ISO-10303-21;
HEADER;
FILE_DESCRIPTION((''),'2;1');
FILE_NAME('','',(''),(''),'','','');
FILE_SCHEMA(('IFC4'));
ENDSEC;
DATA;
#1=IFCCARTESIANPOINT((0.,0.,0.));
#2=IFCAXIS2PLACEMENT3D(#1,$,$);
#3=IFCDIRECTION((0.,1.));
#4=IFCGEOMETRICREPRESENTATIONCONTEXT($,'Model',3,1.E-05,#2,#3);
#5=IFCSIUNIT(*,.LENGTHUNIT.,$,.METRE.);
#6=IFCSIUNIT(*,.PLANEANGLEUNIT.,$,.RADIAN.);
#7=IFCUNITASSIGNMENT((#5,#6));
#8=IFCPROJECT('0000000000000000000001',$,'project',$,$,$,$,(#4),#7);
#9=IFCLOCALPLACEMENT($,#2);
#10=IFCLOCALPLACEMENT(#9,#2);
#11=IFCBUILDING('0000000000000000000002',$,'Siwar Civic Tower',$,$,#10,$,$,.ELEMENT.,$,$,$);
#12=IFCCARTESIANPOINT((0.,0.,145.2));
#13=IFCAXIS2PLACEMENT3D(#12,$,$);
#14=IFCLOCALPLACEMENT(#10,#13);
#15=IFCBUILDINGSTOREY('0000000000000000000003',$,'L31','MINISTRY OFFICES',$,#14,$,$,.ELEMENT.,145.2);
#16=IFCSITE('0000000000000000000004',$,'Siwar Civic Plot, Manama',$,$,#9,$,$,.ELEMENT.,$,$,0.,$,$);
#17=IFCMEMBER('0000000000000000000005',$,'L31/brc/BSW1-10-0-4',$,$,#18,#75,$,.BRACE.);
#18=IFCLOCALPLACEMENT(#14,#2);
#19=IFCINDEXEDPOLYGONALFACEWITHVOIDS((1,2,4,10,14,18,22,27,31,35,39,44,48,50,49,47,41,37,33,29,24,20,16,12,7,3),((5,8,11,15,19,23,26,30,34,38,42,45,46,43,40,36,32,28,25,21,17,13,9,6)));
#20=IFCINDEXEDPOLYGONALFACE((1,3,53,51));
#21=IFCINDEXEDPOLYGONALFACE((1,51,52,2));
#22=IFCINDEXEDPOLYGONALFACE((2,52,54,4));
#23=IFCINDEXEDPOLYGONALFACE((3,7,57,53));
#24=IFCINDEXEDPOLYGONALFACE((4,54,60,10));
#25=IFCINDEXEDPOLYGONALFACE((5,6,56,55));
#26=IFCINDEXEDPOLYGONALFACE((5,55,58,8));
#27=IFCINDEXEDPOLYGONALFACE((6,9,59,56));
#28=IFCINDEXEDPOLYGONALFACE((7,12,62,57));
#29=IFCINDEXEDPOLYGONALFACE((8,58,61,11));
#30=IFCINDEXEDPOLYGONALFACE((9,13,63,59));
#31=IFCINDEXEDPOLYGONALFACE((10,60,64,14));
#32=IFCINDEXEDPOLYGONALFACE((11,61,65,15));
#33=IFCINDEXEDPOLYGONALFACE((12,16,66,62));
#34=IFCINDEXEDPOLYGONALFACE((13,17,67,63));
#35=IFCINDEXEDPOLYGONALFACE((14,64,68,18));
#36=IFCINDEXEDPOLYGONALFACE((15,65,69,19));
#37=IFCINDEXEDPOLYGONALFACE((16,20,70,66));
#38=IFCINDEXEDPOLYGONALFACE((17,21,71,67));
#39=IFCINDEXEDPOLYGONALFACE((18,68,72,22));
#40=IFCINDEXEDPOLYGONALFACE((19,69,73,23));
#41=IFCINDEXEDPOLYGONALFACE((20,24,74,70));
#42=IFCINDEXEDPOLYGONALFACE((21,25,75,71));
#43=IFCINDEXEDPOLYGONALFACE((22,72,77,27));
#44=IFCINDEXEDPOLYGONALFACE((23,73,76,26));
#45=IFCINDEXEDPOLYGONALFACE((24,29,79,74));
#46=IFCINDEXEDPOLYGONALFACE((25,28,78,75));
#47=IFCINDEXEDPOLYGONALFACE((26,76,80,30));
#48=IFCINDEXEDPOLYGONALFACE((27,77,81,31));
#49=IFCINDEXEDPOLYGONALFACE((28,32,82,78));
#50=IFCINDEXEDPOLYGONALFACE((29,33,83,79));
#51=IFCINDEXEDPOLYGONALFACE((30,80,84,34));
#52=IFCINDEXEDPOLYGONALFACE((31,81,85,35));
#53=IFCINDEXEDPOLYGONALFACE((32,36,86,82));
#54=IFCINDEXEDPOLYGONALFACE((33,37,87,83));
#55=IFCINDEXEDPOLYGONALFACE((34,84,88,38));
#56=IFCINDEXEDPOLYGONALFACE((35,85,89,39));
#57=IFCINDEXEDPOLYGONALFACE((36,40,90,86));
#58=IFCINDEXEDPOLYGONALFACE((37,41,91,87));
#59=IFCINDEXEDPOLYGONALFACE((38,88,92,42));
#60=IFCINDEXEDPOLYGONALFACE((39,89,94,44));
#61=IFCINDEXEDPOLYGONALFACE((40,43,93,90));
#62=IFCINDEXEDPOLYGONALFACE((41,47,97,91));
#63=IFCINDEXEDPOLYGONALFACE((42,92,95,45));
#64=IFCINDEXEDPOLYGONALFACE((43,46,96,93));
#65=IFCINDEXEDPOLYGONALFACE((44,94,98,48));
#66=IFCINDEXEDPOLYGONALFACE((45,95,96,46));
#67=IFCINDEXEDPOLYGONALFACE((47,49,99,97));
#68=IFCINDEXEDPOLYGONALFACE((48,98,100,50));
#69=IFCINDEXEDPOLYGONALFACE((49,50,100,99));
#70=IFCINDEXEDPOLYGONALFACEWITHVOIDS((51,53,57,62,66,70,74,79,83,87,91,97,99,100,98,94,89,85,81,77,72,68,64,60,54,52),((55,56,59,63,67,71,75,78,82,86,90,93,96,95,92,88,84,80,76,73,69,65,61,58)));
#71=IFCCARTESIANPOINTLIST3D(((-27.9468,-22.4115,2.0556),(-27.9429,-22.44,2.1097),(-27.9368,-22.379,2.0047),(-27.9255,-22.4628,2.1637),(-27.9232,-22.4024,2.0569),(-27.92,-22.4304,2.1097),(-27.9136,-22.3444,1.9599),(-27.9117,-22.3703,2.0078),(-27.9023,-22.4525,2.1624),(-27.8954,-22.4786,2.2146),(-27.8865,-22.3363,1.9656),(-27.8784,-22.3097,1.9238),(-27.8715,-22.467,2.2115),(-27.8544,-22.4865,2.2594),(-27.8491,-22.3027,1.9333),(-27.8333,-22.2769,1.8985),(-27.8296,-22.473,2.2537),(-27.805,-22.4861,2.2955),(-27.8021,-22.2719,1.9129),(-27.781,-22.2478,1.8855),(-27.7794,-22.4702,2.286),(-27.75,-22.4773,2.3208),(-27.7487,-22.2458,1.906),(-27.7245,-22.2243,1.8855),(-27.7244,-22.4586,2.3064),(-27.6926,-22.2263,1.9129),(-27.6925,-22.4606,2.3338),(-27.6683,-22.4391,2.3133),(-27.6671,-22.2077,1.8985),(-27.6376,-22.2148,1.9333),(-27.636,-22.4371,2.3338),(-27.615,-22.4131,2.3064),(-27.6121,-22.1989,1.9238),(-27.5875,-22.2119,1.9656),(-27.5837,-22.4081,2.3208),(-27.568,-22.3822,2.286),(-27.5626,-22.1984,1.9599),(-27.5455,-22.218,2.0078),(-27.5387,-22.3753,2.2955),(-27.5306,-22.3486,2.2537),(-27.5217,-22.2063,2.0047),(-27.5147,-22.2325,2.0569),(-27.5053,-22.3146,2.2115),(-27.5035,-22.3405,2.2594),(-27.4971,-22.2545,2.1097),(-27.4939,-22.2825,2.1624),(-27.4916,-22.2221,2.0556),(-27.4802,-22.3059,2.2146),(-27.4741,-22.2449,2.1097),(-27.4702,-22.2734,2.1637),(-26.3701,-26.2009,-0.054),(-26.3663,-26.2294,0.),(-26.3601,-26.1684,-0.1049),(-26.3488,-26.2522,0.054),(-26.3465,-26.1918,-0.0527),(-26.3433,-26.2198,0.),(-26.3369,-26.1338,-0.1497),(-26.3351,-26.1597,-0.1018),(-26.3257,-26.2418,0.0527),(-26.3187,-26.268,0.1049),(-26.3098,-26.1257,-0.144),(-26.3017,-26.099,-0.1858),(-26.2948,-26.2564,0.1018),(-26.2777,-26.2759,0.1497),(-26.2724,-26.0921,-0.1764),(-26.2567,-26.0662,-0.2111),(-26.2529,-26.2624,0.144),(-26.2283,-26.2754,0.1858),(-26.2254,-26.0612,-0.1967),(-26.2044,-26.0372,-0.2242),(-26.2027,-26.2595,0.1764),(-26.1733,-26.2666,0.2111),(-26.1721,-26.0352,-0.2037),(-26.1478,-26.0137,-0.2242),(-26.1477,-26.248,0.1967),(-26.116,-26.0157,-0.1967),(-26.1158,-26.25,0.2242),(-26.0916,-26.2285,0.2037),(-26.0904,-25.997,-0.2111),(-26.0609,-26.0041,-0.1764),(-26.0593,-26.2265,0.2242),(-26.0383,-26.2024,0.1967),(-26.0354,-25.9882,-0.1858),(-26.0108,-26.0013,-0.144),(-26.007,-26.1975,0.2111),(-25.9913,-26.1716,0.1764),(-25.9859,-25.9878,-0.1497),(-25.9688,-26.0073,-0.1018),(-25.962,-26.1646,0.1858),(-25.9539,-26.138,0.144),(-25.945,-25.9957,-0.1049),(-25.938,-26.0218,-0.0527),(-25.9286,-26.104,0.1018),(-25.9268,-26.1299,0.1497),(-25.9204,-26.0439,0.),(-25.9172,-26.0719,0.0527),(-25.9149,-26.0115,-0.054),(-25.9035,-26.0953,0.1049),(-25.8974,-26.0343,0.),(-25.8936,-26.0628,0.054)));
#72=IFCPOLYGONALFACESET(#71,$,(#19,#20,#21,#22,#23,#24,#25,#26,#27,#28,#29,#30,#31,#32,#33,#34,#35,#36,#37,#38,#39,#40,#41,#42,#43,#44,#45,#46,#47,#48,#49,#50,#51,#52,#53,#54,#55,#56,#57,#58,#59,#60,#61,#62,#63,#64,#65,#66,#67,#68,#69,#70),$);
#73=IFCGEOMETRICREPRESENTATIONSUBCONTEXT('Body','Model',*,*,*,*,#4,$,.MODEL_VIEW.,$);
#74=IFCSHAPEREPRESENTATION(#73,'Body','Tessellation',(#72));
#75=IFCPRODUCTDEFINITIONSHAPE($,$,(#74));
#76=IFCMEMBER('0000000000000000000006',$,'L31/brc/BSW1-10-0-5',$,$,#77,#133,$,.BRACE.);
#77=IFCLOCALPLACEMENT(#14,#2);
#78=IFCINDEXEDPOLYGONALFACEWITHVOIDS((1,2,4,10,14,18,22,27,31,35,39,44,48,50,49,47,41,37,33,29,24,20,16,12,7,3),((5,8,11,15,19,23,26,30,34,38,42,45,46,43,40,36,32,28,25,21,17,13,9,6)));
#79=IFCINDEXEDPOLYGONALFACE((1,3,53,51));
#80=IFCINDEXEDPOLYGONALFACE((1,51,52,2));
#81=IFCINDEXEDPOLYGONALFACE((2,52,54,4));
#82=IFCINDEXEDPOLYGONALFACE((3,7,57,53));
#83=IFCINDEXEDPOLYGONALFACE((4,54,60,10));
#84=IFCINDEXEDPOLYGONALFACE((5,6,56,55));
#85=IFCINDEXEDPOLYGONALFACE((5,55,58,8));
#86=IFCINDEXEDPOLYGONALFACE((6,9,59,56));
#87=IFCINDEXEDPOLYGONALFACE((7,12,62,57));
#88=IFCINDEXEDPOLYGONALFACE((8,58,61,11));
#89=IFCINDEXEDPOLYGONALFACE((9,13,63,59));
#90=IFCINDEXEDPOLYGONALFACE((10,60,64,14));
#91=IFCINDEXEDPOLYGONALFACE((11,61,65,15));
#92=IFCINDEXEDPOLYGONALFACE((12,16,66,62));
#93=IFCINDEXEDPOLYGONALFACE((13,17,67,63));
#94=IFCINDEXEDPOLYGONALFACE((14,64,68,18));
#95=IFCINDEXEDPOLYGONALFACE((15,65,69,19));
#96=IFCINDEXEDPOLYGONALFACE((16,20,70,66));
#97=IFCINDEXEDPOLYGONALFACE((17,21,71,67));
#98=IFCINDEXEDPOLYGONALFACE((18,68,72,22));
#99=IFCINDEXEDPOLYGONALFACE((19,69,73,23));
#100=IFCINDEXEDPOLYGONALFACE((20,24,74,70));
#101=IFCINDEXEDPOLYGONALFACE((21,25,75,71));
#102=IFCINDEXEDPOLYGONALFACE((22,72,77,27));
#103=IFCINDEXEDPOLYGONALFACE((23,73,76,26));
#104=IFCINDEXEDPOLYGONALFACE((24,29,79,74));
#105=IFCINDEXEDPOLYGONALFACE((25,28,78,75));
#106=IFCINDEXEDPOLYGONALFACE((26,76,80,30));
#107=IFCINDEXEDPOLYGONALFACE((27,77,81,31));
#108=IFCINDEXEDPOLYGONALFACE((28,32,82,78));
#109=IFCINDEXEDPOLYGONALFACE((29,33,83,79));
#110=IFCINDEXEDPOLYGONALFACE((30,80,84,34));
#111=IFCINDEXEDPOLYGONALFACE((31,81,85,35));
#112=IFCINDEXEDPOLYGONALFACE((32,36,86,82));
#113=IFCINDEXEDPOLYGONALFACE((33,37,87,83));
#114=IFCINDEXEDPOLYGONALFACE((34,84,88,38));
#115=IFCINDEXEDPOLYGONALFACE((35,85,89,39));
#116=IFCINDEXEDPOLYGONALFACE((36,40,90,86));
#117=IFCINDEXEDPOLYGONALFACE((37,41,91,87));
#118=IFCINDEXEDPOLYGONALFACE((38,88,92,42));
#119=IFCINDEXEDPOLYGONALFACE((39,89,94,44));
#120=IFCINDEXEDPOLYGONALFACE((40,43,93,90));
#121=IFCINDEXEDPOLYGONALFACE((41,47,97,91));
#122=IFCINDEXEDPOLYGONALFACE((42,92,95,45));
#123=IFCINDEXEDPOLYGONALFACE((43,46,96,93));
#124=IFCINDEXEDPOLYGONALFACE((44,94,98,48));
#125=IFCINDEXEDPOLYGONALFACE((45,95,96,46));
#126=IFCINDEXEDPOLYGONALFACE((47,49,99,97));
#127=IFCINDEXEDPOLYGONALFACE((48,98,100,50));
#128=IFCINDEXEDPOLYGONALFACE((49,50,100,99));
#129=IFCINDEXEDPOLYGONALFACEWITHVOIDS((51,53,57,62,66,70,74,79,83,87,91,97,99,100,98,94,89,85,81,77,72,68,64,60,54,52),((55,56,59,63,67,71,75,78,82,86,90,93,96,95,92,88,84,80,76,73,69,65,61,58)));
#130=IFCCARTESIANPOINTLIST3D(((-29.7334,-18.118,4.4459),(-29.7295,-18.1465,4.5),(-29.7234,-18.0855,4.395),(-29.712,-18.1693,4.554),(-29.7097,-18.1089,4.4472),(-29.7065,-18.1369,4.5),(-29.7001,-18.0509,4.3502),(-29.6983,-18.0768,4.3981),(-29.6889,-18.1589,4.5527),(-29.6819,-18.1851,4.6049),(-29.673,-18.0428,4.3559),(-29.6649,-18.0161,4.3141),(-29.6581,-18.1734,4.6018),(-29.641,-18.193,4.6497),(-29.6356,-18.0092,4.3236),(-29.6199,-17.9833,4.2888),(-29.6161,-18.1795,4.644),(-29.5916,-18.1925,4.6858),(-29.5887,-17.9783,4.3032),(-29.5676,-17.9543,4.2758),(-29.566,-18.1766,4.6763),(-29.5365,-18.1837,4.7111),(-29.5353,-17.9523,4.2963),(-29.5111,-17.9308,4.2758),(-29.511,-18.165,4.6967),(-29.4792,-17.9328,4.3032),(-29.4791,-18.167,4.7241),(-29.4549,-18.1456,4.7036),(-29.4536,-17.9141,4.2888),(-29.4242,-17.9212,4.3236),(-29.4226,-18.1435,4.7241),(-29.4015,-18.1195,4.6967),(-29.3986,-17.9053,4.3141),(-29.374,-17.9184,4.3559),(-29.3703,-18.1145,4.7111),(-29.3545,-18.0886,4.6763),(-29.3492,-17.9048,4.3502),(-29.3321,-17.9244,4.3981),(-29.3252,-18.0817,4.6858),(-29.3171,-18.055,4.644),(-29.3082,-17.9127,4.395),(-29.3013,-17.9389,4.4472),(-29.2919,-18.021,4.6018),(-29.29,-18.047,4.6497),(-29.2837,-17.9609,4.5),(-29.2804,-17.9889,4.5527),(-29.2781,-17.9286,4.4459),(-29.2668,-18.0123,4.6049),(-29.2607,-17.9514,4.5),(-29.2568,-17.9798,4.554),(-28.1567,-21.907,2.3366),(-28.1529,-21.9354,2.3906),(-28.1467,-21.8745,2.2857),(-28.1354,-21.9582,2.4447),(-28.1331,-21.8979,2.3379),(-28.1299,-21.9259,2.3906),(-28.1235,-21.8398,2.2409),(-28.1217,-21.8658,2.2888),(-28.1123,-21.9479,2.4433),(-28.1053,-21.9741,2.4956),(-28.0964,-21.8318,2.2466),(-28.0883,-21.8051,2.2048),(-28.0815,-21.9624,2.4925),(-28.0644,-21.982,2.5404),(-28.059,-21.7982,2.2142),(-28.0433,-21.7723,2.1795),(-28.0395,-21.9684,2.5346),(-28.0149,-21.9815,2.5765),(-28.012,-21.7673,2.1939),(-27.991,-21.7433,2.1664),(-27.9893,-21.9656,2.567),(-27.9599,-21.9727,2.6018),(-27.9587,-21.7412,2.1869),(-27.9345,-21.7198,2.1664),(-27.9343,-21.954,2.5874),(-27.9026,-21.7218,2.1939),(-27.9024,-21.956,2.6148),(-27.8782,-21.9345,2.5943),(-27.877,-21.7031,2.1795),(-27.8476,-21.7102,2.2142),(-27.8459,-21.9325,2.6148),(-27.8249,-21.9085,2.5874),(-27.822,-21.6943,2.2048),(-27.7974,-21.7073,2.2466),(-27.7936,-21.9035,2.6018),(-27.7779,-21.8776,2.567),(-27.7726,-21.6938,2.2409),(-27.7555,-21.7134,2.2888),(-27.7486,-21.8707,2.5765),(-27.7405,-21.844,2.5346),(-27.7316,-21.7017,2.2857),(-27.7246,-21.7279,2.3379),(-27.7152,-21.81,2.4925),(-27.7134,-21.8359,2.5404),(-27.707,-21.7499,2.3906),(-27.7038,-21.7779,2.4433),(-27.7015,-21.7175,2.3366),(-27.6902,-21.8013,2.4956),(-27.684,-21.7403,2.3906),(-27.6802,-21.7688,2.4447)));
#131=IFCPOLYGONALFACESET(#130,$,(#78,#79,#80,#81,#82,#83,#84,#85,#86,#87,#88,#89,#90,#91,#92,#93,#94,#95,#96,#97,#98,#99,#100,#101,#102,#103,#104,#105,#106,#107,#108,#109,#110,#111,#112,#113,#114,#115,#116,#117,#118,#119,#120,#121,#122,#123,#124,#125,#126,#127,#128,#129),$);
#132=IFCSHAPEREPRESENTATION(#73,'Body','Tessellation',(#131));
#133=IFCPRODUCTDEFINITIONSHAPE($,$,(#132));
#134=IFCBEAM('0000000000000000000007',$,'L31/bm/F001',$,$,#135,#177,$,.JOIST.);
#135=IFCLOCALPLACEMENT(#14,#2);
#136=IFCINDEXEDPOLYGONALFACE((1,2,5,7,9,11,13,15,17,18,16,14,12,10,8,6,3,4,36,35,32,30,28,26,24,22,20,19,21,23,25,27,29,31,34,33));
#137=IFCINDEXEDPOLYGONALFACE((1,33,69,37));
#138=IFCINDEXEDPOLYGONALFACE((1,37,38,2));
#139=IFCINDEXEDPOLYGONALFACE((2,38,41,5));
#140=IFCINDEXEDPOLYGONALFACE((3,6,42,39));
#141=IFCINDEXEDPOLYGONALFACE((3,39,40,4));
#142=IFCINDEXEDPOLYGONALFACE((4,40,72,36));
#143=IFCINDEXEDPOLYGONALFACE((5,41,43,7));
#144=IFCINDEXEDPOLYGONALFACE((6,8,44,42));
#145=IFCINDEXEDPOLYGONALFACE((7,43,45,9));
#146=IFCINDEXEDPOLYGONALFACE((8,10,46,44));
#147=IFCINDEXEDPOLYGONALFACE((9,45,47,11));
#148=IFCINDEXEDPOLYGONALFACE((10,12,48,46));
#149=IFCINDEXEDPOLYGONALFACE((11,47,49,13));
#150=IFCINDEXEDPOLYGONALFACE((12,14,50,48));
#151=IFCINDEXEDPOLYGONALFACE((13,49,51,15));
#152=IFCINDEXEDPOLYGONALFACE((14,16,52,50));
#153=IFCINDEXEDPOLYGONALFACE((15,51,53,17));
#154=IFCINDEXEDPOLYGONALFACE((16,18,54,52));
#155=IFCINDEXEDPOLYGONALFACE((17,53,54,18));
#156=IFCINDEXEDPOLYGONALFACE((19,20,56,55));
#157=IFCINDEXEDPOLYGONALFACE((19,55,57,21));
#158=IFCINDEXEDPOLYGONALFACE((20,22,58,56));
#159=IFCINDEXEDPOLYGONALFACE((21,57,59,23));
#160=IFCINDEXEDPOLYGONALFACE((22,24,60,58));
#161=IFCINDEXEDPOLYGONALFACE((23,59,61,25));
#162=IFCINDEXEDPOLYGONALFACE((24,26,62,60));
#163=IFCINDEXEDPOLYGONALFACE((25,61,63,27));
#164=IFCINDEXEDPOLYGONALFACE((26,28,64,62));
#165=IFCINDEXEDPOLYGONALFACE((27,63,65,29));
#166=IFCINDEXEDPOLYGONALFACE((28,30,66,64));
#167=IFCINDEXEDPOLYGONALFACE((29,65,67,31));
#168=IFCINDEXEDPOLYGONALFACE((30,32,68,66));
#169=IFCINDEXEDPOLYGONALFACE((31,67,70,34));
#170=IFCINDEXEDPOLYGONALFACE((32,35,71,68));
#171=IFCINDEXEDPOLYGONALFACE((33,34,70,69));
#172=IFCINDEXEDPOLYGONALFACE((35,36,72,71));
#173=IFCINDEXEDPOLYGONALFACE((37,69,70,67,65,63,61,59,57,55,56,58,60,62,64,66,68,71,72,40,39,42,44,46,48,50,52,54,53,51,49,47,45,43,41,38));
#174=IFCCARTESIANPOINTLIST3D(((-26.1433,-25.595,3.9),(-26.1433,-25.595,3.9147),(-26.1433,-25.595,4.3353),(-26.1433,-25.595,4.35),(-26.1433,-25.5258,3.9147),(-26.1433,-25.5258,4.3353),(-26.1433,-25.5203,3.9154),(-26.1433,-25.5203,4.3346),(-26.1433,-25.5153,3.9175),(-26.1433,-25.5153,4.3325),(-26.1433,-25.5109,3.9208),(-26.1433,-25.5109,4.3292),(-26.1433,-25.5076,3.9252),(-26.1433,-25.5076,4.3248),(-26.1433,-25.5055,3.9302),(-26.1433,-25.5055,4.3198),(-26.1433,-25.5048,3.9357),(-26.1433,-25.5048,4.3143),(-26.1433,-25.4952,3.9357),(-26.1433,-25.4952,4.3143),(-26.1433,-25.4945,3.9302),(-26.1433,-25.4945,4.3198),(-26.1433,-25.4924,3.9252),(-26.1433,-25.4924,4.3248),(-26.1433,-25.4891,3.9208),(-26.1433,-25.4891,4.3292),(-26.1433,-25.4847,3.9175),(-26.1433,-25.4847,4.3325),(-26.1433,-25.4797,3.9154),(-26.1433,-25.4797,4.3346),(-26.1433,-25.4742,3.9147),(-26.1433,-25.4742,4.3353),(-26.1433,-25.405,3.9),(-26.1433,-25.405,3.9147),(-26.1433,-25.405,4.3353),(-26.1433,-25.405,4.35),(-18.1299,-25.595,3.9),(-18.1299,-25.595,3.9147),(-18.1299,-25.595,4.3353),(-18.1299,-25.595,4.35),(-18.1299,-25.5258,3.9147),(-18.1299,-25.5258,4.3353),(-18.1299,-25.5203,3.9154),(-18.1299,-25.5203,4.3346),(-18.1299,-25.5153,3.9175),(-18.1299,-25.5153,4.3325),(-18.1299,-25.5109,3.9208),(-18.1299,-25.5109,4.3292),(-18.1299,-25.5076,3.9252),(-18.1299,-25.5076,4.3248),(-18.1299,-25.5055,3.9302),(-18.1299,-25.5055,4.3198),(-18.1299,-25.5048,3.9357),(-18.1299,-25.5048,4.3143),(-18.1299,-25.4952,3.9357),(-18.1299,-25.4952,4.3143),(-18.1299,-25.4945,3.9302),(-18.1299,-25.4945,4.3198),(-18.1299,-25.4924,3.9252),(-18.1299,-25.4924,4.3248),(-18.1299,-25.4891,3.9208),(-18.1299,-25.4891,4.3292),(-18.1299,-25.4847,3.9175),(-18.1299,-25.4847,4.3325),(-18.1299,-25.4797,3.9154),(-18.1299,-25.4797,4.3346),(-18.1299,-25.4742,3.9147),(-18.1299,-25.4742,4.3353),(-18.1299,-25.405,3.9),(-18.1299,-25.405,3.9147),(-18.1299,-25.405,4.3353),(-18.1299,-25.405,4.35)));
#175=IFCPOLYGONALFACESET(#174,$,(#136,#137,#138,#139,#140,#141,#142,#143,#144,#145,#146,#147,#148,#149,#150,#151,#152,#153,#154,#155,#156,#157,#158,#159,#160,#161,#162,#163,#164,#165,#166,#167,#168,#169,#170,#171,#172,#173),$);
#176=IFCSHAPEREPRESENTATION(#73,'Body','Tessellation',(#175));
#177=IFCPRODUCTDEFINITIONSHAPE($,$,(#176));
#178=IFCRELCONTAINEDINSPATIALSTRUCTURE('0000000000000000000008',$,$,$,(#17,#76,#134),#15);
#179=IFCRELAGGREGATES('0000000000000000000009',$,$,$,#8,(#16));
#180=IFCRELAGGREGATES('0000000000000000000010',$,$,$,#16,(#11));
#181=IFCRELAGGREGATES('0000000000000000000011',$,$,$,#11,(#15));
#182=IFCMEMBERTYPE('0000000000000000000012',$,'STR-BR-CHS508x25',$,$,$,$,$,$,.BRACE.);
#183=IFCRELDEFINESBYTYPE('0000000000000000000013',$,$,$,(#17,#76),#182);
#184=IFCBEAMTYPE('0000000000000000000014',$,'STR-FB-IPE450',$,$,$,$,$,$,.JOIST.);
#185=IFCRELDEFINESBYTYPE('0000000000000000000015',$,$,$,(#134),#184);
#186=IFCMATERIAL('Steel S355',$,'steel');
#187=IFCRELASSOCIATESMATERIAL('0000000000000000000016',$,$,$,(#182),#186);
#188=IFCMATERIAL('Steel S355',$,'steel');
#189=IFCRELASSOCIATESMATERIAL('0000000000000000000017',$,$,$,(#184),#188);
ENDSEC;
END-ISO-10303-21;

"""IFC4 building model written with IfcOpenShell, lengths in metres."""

from ifc_helpers import new_model, si_unit, direction, frame, origin, origin_2d, place, context, subcontext, project, spatial, hollow_circle, i_section, extrude, material, material_profile, profile_set, type_object, element, save


model = new_model("IFC4")

# Units and contexts
model_context = context("Model", 3, precision=1e-05, world=origin(), true_north=direction((0.0, 1.0)))
body_context = subcontext(model_context, "Body", "Model", "MODEL_VIEW")
ifc_project = project(units=[si_unit("LENGTHUNIT", "METRE"), si_unit("PLANEANGLEUNIT", "RADIAN")], contexts=[model_context])

# Site, building, storey
site_placement = place(None, origin())
site = spatial("IfcSite", under=ifc_project, at=site_placement, Name="Siwar Civic Plot, Manama", CompositionType="ELEMENT", RefElevation=0.0)
building_placement = place(site_placement, origin())
building = spatial("IfcBuilding", under=site, at=building_placement, Name="Siwar Civic Tower", CompositionType="ELEMENT")
storey_placement = place(building_placement, frame((0.0, 0.0, 145.2)))
storey = spatial("IfcBuildingStorey", under=building, at=storey_placement, Name="L31", Description="MINISTRY OFFICES", CompositionType="ELEMENT", Elevation=145.2)

# Members
ifc_material_1 = material(Name="Steel S355", Category="steel")
ifc_material_profile_1 = material_profile(ifc_material_1, hollow_circle(Radius=0.2539, WallThickness=0.0249, at=origin_2d()), Name="CHS508x25")
ifc_profile_set_1 = profile_set([ifc_material_profile_1], Name="Steel S355")
member_type = type_object("IfcMemberType", Name="STR-BR-CHS508x25", PredefinedType="BRACE", material=ifc_profile_set_1)
member_1_placement = place(storey_placement, frame((-26.1318, -26.1318, 0.0), z_axis=(-0.341662, 0.821143, 0.457155), x_axis=(-0.923269, -0.384155, 0.0)))
element("IfcMember", 1, at=member_1_placement, inside=storey, type_object=member_type, Name="L31/brc/BSW1-10-0-4", PredefinedType="BRACE", context=body_context, shape_type="SweptSolid", body=[
    extrude(hollow_circle(Radius=0.2539, WallThickness=0.0249, at=origin_2d()), origin(), (0.0, 0.0, 1.0), 4.6147),
])
member_2_placement = place(storey_placement, frame((-27.9185, -21.8379, 2.3906), z_axis=(-0.341686, 0.821146, 0.457133), x_axis=(-0.92326, -0.384176, 0.0)))
element("IfcMember", 2, at=member_2_placement, inside=storey, type_object=member_type, Name="L31/brc/BSW1-10-0-5", PredefinedType="BRACE", context=body_context, shape_type="SweptSolid", body=[
    extrude(hollow_circle(Radius=0.2539, WallThickness=0.0249, at=origin_2d()), origin(), (0.0, 0.0, 1.0), 4.6143),
])

# Beam
ifc_material_2 = material(Name="Steel S355", Category="steel")
ifc_material_profile_2 = material_profile(ifc_material_2, i_section(OverallWidth=0.1899, OverallDepth=0.45, WebThickness=0.0095, FlangeThickness=0.0146, FilletRadius=0.021, at=origin_2d()), Name="IPE450")
ifc_profile_set_2 = profile_set([ifc_material_profile_2], Name="Steel S355")
beam_type = type_object("IfcBeamType", Name="STR-FB-IPE450", PredefinedType="JOIST", material=ifc_profile_set_2)
beam_1_placement = place(storey_placement, frame((-26.1433, -25.5, 4.125), z_axis=(1.0, 0.0, 0.0), x_axis=(0.0, 1.0, 0.0)))
element("IfcBeam", 3, at=beam_1_placement, inside=storey, type_object=beam_type, Name="L31/bm/F001", PredefinedType="JOIST", context=body_context, shape_type="SweptSolid", body=[
    extrude(i_section(OverallWidth=0.1899, OverallDepth=0.45, WebThickness=0.0095, FlangeThickness=0.0146, FilletRadius=0.021, at=origin_2d()), origin(), (0.0, 0.0, 1.0), 8.0134),
])

save(model, "model.ifc")
